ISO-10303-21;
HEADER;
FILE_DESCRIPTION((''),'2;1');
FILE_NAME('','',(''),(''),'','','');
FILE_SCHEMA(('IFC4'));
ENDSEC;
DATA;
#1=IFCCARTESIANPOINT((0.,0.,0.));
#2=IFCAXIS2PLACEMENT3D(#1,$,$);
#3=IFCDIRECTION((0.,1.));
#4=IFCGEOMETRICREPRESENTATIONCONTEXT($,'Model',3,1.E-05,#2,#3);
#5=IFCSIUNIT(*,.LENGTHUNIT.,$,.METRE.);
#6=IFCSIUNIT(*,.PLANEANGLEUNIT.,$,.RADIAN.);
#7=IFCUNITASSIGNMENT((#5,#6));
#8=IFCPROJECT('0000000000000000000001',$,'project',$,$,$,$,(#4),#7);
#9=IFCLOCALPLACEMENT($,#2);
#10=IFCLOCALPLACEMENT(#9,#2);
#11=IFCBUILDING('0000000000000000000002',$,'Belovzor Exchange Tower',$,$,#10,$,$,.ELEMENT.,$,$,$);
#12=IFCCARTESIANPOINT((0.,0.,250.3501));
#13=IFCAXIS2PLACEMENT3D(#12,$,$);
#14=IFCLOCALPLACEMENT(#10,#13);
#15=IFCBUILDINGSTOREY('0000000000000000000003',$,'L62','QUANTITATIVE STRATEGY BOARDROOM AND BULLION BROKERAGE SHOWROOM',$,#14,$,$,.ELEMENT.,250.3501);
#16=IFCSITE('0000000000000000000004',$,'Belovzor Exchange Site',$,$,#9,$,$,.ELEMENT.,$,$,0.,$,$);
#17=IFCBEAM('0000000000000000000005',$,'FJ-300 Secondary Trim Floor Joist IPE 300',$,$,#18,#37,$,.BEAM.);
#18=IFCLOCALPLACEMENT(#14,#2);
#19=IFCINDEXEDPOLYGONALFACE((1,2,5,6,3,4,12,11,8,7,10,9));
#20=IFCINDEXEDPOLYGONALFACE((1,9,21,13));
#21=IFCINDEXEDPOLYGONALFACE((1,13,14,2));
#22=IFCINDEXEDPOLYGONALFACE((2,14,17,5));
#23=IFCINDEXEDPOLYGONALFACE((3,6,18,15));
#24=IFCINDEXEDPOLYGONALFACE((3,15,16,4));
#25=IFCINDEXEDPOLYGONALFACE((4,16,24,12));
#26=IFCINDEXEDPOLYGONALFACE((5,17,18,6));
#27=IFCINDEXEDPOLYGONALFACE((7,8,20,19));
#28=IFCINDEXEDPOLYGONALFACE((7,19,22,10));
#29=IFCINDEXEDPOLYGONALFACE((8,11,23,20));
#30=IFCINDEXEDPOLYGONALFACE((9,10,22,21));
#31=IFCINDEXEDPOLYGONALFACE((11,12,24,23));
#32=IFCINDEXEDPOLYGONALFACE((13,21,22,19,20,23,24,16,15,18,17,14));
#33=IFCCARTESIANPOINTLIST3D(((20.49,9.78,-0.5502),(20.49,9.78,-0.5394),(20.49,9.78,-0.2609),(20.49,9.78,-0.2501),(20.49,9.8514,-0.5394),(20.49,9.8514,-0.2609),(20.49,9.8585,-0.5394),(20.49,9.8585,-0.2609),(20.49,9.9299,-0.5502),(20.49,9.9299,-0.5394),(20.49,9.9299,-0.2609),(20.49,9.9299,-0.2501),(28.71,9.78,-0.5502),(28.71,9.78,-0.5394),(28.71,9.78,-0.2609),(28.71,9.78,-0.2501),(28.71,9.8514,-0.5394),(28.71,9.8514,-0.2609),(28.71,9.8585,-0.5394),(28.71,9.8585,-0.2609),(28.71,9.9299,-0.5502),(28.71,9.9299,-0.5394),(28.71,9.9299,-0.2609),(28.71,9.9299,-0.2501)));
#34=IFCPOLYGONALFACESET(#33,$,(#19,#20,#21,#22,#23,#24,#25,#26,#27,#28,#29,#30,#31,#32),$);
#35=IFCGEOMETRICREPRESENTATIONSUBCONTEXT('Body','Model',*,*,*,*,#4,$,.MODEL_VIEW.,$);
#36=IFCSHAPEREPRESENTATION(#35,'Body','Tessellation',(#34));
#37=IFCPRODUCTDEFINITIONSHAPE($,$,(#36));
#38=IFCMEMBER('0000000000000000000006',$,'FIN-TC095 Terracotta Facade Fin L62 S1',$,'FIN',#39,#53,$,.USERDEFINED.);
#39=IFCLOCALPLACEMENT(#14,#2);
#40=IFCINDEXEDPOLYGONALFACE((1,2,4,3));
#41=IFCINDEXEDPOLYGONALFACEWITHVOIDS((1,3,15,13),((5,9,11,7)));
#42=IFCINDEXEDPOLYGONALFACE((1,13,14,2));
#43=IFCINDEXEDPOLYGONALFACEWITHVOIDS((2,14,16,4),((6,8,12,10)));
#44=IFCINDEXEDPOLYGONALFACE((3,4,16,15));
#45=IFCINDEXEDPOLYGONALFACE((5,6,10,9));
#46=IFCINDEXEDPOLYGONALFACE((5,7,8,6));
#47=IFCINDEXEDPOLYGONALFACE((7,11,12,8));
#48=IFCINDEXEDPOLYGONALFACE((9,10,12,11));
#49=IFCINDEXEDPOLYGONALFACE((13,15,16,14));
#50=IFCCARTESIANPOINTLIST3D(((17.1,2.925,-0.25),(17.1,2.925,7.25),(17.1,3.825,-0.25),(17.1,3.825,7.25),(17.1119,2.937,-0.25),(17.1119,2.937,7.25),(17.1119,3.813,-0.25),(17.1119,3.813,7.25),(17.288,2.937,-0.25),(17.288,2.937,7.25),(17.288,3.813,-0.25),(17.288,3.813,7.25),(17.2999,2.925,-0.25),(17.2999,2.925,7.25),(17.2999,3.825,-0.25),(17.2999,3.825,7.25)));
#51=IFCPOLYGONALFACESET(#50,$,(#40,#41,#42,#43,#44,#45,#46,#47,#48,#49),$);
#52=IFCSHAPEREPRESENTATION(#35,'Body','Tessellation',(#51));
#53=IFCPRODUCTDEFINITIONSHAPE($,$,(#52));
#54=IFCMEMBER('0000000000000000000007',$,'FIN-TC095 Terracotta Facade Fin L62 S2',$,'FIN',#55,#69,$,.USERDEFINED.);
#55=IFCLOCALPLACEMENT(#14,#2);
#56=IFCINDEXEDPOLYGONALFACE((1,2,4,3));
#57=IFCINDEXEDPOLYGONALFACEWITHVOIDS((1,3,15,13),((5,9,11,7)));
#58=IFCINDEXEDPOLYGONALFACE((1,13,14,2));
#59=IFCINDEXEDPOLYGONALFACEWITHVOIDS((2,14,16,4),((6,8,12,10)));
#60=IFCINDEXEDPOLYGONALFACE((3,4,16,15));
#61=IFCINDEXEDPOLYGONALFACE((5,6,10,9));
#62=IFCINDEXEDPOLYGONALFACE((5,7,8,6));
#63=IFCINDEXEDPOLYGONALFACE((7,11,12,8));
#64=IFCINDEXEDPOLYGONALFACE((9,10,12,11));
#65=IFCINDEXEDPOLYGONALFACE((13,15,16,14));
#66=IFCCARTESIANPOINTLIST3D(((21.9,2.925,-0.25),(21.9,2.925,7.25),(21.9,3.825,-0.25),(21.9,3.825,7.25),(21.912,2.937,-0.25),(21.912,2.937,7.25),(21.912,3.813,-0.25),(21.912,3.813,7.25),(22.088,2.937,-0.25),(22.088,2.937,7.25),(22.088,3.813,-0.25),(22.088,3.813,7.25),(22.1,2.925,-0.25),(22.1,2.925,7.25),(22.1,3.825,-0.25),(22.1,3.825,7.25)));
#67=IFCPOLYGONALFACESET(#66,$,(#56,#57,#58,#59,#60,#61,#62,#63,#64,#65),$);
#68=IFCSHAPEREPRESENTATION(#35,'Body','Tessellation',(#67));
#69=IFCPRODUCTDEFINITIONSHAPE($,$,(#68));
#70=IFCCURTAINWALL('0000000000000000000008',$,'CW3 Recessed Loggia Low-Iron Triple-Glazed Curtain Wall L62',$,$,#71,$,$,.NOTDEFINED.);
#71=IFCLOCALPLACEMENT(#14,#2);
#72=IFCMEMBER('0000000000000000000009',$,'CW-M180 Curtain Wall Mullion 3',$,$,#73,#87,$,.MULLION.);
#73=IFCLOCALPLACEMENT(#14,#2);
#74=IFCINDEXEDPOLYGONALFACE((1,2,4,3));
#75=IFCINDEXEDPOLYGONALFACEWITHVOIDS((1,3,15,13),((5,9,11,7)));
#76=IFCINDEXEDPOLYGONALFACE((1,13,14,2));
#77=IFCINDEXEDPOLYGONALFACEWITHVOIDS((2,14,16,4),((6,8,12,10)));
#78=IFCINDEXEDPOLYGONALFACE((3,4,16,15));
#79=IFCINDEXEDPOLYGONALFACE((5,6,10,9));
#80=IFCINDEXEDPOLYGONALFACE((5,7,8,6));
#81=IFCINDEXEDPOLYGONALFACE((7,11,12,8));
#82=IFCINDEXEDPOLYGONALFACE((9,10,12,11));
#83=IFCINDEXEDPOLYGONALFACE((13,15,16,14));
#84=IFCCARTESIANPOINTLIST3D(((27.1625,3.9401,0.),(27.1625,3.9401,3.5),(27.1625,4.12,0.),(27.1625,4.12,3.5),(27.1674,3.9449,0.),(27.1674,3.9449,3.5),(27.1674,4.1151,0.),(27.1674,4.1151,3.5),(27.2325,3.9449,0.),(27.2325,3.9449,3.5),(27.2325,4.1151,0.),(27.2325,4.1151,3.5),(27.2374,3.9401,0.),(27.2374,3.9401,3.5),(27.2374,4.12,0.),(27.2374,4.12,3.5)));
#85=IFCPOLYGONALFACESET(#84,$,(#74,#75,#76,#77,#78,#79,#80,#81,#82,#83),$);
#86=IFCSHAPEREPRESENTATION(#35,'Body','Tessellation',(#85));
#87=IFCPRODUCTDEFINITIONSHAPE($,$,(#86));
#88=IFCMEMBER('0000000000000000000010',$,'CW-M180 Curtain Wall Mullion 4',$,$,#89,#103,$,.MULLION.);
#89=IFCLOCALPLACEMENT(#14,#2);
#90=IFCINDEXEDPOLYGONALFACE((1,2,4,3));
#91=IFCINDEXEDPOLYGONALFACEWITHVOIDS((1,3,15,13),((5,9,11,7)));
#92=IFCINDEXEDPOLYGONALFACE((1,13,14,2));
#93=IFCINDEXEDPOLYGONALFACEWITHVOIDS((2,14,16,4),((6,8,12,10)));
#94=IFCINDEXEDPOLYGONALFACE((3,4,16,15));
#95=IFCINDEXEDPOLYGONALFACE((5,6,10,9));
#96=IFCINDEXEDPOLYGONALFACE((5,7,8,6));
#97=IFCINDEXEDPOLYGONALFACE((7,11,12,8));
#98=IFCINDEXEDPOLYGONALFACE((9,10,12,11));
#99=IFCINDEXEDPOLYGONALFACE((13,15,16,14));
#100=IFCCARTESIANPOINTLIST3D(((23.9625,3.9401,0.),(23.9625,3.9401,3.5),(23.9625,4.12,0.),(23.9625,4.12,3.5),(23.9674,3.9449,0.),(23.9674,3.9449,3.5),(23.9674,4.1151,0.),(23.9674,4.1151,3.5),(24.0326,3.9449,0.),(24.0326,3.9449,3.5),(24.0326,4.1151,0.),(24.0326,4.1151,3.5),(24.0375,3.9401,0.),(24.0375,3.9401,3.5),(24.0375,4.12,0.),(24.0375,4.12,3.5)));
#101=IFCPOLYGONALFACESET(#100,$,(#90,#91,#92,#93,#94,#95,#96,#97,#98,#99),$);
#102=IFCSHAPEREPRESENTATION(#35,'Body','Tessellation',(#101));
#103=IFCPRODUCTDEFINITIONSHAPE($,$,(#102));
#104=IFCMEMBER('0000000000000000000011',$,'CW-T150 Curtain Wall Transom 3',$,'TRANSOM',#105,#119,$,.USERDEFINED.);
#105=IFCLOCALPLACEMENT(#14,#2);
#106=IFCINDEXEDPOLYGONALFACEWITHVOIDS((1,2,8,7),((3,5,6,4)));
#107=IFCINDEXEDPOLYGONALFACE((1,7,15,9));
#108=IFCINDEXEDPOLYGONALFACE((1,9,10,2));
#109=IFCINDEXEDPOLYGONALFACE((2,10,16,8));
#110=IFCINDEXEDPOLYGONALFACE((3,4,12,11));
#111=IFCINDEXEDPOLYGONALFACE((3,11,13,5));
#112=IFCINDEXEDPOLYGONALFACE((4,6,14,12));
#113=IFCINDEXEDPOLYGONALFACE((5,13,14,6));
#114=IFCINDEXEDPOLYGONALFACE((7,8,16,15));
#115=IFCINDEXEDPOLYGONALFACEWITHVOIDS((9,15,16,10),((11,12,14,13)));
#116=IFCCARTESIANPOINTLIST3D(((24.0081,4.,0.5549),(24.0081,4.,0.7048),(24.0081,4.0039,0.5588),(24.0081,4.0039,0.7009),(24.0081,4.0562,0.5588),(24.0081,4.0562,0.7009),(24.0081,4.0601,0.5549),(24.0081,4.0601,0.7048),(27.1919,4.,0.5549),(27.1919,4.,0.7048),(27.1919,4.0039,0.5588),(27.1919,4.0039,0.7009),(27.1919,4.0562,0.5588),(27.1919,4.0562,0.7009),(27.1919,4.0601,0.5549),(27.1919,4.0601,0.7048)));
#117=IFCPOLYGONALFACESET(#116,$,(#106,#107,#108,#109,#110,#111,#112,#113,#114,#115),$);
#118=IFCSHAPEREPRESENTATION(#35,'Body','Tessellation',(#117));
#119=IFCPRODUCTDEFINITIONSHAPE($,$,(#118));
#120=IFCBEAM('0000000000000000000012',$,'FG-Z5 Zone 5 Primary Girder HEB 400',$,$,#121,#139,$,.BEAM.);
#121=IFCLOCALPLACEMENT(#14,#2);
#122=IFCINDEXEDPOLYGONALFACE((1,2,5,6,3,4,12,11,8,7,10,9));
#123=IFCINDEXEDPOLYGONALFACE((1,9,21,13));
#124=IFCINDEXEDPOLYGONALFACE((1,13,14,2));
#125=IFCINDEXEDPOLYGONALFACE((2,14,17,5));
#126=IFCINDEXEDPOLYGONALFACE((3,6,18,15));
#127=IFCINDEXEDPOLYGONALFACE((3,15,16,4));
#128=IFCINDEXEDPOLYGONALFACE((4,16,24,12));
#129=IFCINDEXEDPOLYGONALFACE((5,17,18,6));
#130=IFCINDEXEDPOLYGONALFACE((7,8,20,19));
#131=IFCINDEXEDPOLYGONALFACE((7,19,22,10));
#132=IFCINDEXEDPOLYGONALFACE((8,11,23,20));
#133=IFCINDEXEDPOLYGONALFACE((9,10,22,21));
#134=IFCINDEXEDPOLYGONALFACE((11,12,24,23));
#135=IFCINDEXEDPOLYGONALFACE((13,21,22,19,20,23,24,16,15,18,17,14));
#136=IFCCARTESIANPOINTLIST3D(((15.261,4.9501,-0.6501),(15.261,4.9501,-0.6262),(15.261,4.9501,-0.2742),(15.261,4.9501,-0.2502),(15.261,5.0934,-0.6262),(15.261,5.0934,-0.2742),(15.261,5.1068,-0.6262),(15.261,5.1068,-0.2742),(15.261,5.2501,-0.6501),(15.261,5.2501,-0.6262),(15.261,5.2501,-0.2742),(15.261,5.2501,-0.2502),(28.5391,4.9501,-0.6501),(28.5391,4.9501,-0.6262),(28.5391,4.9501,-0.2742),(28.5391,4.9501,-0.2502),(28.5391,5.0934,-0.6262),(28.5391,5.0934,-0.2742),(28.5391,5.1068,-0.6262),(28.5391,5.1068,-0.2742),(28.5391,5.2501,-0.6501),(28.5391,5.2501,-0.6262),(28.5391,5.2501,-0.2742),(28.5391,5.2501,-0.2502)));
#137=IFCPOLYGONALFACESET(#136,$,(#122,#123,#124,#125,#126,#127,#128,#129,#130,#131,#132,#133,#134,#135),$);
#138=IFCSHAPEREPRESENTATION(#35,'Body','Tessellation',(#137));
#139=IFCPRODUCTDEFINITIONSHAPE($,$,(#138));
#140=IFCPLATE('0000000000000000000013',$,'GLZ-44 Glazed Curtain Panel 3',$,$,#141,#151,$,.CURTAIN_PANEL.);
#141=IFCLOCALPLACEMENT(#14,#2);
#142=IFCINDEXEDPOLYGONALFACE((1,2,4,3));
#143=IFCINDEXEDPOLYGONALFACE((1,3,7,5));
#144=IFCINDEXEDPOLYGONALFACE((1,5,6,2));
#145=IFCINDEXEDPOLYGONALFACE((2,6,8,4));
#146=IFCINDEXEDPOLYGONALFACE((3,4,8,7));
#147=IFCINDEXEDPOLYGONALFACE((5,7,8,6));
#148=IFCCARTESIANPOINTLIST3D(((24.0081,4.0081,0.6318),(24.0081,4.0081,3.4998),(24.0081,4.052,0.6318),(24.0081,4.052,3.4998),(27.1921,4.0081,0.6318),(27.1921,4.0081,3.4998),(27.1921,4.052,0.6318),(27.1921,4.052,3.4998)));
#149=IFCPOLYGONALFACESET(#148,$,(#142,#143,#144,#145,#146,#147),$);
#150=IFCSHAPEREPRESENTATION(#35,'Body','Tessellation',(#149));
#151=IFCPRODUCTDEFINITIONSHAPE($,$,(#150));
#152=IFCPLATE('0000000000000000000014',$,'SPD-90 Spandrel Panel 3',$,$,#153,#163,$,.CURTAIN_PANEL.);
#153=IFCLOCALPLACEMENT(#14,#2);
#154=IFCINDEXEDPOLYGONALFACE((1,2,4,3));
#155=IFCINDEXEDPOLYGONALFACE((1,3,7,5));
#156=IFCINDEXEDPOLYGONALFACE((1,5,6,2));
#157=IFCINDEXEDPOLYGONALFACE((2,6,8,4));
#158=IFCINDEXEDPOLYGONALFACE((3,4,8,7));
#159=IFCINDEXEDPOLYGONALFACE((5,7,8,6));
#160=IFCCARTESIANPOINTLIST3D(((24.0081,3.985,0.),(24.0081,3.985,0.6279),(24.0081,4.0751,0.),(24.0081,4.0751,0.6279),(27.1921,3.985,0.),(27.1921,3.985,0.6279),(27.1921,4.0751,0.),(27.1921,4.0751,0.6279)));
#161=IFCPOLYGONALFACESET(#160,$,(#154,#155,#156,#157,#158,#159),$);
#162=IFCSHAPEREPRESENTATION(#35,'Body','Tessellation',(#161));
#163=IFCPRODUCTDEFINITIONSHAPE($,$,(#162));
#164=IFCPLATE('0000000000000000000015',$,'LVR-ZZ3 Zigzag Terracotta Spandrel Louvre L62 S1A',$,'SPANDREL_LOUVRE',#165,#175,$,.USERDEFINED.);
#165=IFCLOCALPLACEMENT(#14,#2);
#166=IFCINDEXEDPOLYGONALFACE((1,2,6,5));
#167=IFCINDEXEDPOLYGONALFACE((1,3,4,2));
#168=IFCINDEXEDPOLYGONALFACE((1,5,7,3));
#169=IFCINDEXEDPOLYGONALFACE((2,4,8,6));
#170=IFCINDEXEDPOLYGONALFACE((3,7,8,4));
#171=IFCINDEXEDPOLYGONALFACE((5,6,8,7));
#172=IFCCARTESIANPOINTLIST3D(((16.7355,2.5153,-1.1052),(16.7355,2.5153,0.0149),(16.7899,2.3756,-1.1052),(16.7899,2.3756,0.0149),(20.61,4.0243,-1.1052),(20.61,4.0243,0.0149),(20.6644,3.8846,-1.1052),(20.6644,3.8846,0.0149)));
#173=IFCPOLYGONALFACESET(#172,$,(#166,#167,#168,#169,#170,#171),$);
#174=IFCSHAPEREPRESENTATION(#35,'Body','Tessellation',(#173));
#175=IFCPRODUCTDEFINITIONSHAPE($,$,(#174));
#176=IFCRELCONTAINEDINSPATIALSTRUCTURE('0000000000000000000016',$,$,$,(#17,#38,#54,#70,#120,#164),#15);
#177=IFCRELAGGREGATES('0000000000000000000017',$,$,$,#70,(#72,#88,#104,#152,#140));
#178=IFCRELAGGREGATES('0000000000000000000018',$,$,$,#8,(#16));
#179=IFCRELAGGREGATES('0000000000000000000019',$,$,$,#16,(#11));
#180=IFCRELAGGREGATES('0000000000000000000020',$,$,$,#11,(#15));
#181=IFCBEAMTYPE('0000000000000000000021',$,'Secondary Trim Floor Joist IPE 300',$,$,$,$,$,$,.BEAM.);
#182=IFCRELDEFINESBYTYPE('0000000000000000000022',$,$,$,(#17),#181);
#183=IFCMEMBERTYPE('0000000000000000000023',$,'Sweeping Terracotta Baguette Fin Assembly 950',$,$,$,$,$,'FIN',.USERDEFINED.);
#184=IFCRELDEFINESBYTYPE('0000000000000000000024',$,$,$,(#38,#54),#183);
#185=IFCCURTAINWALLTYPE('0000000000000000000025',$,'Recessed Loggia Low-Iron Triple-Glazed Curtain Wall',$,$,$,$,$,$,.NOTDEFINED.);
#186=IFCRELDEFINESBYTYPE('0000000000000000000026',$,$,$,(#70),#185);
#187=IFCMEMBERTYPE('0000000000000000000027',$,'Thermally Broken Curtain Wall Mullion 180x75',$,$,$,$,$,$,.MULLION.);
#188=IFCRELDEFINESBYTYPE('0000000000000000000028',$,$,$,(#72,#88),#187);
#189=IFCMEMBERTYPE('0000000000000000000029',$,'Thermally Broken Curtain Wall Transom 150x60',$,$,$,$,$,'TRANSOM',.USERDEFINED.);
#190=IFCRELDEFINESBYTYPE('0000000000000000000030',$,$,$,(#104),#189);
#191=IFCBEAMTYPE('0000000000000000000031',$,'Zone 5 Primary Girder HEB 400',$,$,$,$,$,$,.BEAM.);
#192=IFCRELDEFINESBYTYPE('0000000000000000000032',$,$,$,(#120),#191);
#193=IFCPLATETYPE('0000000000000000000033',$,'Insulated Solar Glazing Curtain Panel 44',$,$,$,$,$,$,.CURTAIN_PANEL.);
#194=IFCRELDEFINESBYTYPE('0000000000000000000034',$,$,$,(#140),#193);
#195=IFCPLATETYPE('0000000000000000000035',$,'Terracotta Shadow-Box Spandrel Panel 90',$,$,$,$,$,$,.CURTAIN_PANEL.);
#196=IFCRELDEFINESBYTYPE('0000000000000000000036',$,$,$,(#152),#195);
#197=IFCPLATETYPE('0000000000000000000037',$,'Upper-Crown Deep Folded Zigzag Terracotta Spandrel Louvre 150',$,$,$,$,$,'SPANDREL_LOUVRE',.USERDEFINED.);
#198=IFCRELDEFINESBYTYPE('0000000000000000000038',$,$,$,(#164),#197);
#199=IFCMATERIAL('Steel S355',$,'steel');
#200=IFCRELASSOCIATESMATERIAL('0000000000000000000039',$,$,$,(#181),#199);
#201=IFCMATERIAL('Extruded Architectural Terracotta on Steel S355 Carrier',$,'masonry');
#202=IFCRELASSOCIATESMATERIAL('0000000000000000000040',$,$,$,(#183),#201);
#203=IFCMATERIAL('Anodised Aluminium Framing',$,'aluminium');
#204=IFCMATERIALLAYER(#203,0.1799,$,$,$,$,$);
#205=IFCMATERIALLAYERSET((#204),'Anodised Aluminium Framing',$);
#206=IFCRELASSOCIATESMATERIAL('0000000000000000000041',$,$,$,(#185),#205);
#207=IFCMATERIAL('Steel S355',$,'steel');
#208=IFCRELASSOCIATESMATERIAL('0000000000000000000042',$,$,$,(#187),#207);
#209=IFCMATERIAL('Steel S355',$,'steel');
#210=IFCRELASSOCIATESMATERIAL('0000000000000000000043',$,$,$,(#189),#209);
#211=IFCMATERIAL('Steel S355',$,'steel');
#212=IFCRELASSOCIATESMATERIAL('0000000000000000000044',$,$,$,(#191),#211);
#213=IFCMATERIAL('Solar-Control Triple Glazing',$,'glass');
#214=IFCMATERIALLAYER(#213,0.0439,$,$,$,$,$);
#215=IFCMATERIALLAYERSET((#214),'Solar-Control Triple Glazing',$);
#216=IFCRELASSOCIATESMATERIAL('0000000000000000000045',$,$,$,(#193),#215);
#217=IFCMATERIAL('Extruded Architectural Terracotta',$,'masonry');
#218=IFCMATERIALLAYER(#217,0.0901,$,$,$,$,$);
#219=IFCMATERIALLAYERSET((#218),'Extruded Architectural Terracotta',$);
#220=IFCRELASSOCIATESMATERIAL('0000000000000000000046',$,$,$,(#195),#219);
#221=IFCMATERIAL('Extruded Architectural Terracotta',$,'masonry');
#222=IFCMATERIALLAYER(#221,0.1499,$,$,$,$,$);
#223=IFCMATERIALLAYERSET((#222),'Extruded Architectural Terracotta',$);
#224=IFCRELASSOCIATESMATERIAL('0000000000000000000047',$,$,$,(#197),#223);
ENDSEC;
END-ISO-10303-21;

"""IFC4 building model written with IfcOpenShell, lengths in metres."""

from ifc_helpers import new_model, si_unit, direction, frame, origin, origin_2d, place, context, subcontext, project, spatial, rectangle, hollow_rectangle, i_section, extrude, material, layer, layer_set, material_profile, profile_set, type_object, element, aggregate, save


model = new_model("IFC4")

# Units and contexts
model_context = context("Model", 3, precision=1e-05, world=origin(), true_north=direction((0.0, 1.0)))
body_context = subcontext(model_context, "Body", "Model", "MODEL_VIEW")
ifc_project = project(units=[si_unit("LENGTHUNIT", "METRE"), si_unit("PLANEANGLEUNIT", "RADIAN")], contexts=[model_context])

# Site, building, storey
site_placement = place(None, origin())
site = spatial("IfcSite", under=ifc_project, at=site_placement, Name="Belovzor Exchange Site", CompositionType="ELEMENT", RefElevation=0.0)
building_placement = place(site_placement, origin())
building = spatial("IfcBuilding", under=site, at=building_placement, Name="Belovzor Exchange Tower", CompositionType="ELEMENT")
storey_placement = place(building_placement, frame((0.0, 0.0, 250.3501)))
storey = spatial("IfcBuildingStorey", under=building, at=storey_placement, Name="L62", Description="QUANTITATIVE STRATEGY BOARDROOM AND BULLION BROKERAGE SHOWROOM", CompositionType="ELEMENT", Elevation=250.3501)

# Beam
ifc_material_1 = material(Name="Steel S355", Category="steel")
ifc_material_profile_1 = material_profile(ifc_material_1, i_section(OverallWidth=0.1499, OverallDepth=0.3, WebThickness=0.0071, FlangeThickness=0.0107, at=origin_2d()))
ifc_profile_set_1 = profile_set([ifc_material_profile_1], Name="Steel S355")
beam_type_1 = type_object("IfcBeamType", Name="Secondary Trim Floor Joist IPE 300", PredefinedType="BEAM", material=ifc_profile_set_1)
beam_1_placement = place(storey_placement, frame((20.49, 9.855, -0.4001), z_axis=(1.0, 0.0, 0.0), x_axis=(0.0, 1.0, 0.0)))
element("IfcBeam", 1, at=beam_1_placement, inside=storey, type_object=beam_type_1, Name="FJ-300 Secondary Trim Floor Joist IPE 300", PredefinedType="BEAM", context=body_context, shape_type="SweptSolid", body=[
    extrude(i_section(OverallWidth=0.1499, OverallDepth=0.3, WebThickness=0.0071, FlangeThickness=0.0107, at=origin_2d()), origin(), (0.0, 0.0, 1.0), 8.22),
])

# Members
ifc_material_2 = material(Name="Extruded Architectural Terracotta on Steel S355 Carrier", Category="masonry")
ifc_material_profile_2 = material_profile(ifc_material_2, hollow_rectangle(XDim=0.2, YDim=0.8999, WallThickness=0.012, at=origin_2d()))
ifc_profile_set_2 = profile_set([ifc_material_profile_2], Name="Extruded Architectural Terracotta on Steel S355 Carrier")
member_type_1 = type_object("IfcMemberType", Name="Sweeping Terracotta Baguette Fin Assembly 950", ElementType="FIN", PredefinedType="USERDEFINED", material=ifc_profile_set_2)
for number, where, z_axis, x_axis, name in (
    (2, (17.2, 3.375, -0.25), (0.0, 0.0, 1.0), (1.0, 0.0, 0.0), "FIN-TC095 Terracotta Facade Fin L62 S1"),
    (3, (22.0, 3.375, -0.25), (0.0, 0.0, 1.0), (1.0, 0.0, 0.0), "FIN-TC095 Terracotta Facade Fin L62 S2"),
):
    element("IfcMember", number, at=place(storey_placement, frame(where, z_axis=z_axis, x_axis=x_axis)), inside=storey, type_object=member_type_1, Name=name, ObjectType="FIN", PredefinedType="USERDEFINED", context=body_context, shape_type="SweptSolid", body=[
        extrude(hollow_rectangle(XDim=0.2, YDim=0.8999, WallThickness=0.012, at=origin_2d()), origin(), (0.0, 0.0, 1.0), 7.5),
    ])

# Curtain wall, members
ifc_material_3 = material(Name="Anodised Aluminium Framing", Category="aluminium")
ifc_layer_1 = layer(ifc_material_3, 0.1799)
ifc_layer_set_1 = layer_set([ifc_layer_1], Name="Anodised Aluminium Framing")
curtain_wall_type = type_object("IfcCurtainWallType", Name="Recessed Loggia Low-Iron Triple-Glazed Curtain Wall", PredefinedType="NOTDEFINED", material=ifc_layer_set_1)
curtain_wall_placement = place(storey_placement, origin())
curtain_wall = element("IfcCurtainWall", 4, at=curtain_wall_placement, inside=storey, type_object=curtain_wall_type, Name="CW3 Recessed Loggia Low-Iron Triple-Glazed Curtain Wall L62", PredefinedType="NOTDEFINED")
ifc_material_4 = material(Name="Steel S355", Category="steel")
ifc_material_profile_3 = material_profile(ifc_material_4, hollow_rectangle(XDim=0.075, YDim=0.1799, WallThickness=0.0049, at=origin_2d()))
ifc_profile_set_3 = profile_set([ifc_material_profile_3], Name="Steel S355")
member_type_2 = type_object("IfcMemberType", Name="Thermally Broken Curtain Wall Mullion 180x75", PredefinedType="MULLION", material=ifc_profile_set_3)
member_1_placement = place(storey_placement, frame((27.2, 4.03, 0.0), z_axis=(0.0, 0.0, 1.0), x_axis=(-1.0, 0.0, 0.0)))
member_1 = element("IfcMember", 5, at=member_1_placement, type_object=member_type_2, Name="CW-M180 Curtain Wall Mullion 3", PredefinedType="MULLION", context=body_context, shape_type="SweptSolid", body=[
    extrude(hollow_rectangle(XDim=0.075, YDim=0.1799, WallThickness=0.0049, at=origin_2d()), origin(), (0.0, 0.0, 1.0), 3.5),
])
member_2_placement = place(storey_placement, frame((24.0, 4.03, 0.0), z_axis=(0.0, 0.0, 1.0), x_axis=(-1.0, 0.0, 0.0)))
member_2 = element("IfcMember", 6, at=member_2_placement, type_object=member_type_2, Name="CW-M180 Curtain Wall Mullion 4", PredefinedType="MULLION", context=body_context, shape_type="SweptSolid", body=[
    extrude(hollow_rectangle(XDim=0.075, YDim=0.1799, WallThickness=0.0049, at=origin_2d()), origin(), (0.0, 0.0, 1.0), 3.5),
])
ifc_material_5 = material(Name="Steel S355", Category="steel")
ifc_material_profile_4 = material_profile(ifc_material_5, hollow_rectangle(XDim=0.0601, YDim=0.1499, WallThickness=0.0039, at=origin_2d()))
ifc_profile_set_4 = profile_set([ifc_material_profile_4], Name="Steel S355")
member_type_3 = type_object("IfcMemberType", Name="Thermally Broken Curtain Wall Transom 150x60", ElementType="TRANSOM", PredefinedType="USERDEFINED", material=ifc_profile_set_4)
member_3_placement = place(storey_placement, frame((27.1919, 4.03, 0.6299), z_axis=(-1.0, 0.0, 0.0), x_axis=(0.0, -1.0, 0.0)))
member_3 = element("IfcMember", 7, at=member_3_placement, type_object=member_type_3, Name="CW-T150 Curtain Wall Transom 3", ObjectType="TRANSOM", PredefinedType="USERDEFINED", context=body_context, shape_type="SweptSolid", body=[
    extrude(hollow_rectangle(XDim=0.0601, YDim=0.1499, WallThickness=0.0039, at=origin_2d()), origin(), (0.0, 0.0, 1.0), 3.1838),
])

# Beam
ifc_material_6 = material(Name="Steel S355", Category="steel")
ifc_material_profile_5 = material_profile(ifc_material_6, i_section(OverallWidth=0.3, OverallDepth=0.3999, WebThickness=0.0134, FlangeThickness=0.0239, at=origin_2d()))
ifc_profile_set_5 = profile_set([ifc_material_profile_5], Name="Steel S355")
beam_type_2 = type_object("IfcBeamType", Name="Zone 5 Primary Girder HEB 400", PredefinedType="BEAM", material=ifc_profile_set_5)
beam_2_placement = place(storey_placement, frame((15.261, 5.1001, -0.4502), z_axis=(1.0, 0.0, 0.0), x_axis=(0.0, 1.0, 0.0)))
element("IfcBeam", 8, at=beam_2_placement, inside=storey, type_object=beam_type_2, Name="FG-Z5 Zone 5 Primary Girder HEB 400", PredefinedType="BEAM", context=body_context, shape_type="SweptSolid", body=[
    extrude(i_section(OverallWidth=0.3, OverallDepth=0.3999, WebThickness=0.0134, FlangeThickness=0.0239, at=origin_2d()), origin(), (0.0, 0.0, 1.0), 13.2781),
])

# Plates
ifc_material_7 = material(Name="Solar-Control Triple Glazing", Category="glass")
ifc_layer_2 = layer(ifc_material_7, 0.0439)
ifc_layer_set_2 = layer_set([ifc_layer_2], Name="Solar-Control Triple Glazing")
plate_type_1 = type_object("IfcPlateType", Name="Insulated Solar Glazing Curtain Panel 44", PredefinedType="CURTAIN_PANEL", material=ifc_layer_set_2)
plate_1_placement = place(storey_placement, frame((25.6001, 4.03, 0.6318), z_axis=(0.0, 0.0, 1.0), x_axis=(-1.0, 0.0, 0.0)))
plate_1 = element("IfcPlate", 9, at=plate_1_placement, type_object=plate_type_1, Name="GLZ-44 Glazed Curtain Panel 3", PredefinedType="CURTAIN_PANEL", context=body_context, shape_type="SweptSolid", body=[
    extrude(rectangle(XDim=3.1841, YDim=0.0439, at=origin_2d()), origin(), (0.0, 0.0, 1.0), 2.8679),
])
ifc_material_8 = material(Name="Extruded Architectural Terracotta", Category="masonry")
ifc_layer_3 = layer(ifc_material_8, 0.0901)
ifc_layer_set_3 = layer_set([ifc_layer_3], Name="Extruded Architectural Terracotta")
plate_type_2 = type_object("IfcPlateType", Name="Terracotta Shadow-Box Spandrel Panel 90", PredefinedType="CURTAIN_PANEL", material=ifc_layer_set_3)
plate_2_placement = place(storey_placement, frame((25.6001, 4.03, 0.0), z_axis=(0.0, 0.0, 1.0), x_axis=(-1.0, 0.0, 0.0)))
plate_2 = element("IfcPlate", 10, at=plate_2_placement, type_object=plate_type_2, Name="SPD-90 Spandrel Panel 3", PredefinedType="CURTAIN_PANEL", context=body_context, shape_type="SweptSolid", body=[
    extrude(rectangle(XDim=3.1841, YDim=0.0901, at=origin_2d()), origin(), (0.0, 0.0, 1.0), 0.6279),
])
aggregate(curtain_wall, [member_1, member_2, member_3, plate_2, plate_1])

# Plate
ifc_material_9 = material(Name="Extruded Architectural Terracotta", Category="masonry")
ifc_layer_4 = layer(ifc_material_9, 0.1499)
ifc_layer_set_4 = layer_set([ifc_layer_4], Name="Extruded Architectural Terracotta")
plate_type_3 = type_object("IfcPlateType", Name="Upper-Crown Deep Folded Zigzag Terracotta Spandrel Louvre 150", ElementType="SPANDREL_LOUVRE", PredefinedType="USERDEFINED", material=ifc_layer_set_4)
for number, where, z_axis, x_axis, name in (
    (11, (18.7, 3.2, -1.1052), (0.0, 0.0, 1.0), (0.931818, 0.362926, 0.0), "LVR-ZZ3 Zigzag Terracotta Spandrel Louvre L62 S1A"),
):
    element("IfcPlate", number, at=place(storey_placement, frame(where, z_axis=z_axis, x_axis=x_axis)), inside=storey, type_object=plate_type_3, Name=name, ObjectType="SPANDREL_LOUVRE", PredefinedType="USERDEFINED", context=body_context, shape_type="SweptSolid", body=[
        extrude(rectangle(XDim=4.158, YDim=0.1499, at=origin_2d()), origin(), (0.0, 0.0, 1.0), 1.1201),
    ])

save(model, "model.ifc")
